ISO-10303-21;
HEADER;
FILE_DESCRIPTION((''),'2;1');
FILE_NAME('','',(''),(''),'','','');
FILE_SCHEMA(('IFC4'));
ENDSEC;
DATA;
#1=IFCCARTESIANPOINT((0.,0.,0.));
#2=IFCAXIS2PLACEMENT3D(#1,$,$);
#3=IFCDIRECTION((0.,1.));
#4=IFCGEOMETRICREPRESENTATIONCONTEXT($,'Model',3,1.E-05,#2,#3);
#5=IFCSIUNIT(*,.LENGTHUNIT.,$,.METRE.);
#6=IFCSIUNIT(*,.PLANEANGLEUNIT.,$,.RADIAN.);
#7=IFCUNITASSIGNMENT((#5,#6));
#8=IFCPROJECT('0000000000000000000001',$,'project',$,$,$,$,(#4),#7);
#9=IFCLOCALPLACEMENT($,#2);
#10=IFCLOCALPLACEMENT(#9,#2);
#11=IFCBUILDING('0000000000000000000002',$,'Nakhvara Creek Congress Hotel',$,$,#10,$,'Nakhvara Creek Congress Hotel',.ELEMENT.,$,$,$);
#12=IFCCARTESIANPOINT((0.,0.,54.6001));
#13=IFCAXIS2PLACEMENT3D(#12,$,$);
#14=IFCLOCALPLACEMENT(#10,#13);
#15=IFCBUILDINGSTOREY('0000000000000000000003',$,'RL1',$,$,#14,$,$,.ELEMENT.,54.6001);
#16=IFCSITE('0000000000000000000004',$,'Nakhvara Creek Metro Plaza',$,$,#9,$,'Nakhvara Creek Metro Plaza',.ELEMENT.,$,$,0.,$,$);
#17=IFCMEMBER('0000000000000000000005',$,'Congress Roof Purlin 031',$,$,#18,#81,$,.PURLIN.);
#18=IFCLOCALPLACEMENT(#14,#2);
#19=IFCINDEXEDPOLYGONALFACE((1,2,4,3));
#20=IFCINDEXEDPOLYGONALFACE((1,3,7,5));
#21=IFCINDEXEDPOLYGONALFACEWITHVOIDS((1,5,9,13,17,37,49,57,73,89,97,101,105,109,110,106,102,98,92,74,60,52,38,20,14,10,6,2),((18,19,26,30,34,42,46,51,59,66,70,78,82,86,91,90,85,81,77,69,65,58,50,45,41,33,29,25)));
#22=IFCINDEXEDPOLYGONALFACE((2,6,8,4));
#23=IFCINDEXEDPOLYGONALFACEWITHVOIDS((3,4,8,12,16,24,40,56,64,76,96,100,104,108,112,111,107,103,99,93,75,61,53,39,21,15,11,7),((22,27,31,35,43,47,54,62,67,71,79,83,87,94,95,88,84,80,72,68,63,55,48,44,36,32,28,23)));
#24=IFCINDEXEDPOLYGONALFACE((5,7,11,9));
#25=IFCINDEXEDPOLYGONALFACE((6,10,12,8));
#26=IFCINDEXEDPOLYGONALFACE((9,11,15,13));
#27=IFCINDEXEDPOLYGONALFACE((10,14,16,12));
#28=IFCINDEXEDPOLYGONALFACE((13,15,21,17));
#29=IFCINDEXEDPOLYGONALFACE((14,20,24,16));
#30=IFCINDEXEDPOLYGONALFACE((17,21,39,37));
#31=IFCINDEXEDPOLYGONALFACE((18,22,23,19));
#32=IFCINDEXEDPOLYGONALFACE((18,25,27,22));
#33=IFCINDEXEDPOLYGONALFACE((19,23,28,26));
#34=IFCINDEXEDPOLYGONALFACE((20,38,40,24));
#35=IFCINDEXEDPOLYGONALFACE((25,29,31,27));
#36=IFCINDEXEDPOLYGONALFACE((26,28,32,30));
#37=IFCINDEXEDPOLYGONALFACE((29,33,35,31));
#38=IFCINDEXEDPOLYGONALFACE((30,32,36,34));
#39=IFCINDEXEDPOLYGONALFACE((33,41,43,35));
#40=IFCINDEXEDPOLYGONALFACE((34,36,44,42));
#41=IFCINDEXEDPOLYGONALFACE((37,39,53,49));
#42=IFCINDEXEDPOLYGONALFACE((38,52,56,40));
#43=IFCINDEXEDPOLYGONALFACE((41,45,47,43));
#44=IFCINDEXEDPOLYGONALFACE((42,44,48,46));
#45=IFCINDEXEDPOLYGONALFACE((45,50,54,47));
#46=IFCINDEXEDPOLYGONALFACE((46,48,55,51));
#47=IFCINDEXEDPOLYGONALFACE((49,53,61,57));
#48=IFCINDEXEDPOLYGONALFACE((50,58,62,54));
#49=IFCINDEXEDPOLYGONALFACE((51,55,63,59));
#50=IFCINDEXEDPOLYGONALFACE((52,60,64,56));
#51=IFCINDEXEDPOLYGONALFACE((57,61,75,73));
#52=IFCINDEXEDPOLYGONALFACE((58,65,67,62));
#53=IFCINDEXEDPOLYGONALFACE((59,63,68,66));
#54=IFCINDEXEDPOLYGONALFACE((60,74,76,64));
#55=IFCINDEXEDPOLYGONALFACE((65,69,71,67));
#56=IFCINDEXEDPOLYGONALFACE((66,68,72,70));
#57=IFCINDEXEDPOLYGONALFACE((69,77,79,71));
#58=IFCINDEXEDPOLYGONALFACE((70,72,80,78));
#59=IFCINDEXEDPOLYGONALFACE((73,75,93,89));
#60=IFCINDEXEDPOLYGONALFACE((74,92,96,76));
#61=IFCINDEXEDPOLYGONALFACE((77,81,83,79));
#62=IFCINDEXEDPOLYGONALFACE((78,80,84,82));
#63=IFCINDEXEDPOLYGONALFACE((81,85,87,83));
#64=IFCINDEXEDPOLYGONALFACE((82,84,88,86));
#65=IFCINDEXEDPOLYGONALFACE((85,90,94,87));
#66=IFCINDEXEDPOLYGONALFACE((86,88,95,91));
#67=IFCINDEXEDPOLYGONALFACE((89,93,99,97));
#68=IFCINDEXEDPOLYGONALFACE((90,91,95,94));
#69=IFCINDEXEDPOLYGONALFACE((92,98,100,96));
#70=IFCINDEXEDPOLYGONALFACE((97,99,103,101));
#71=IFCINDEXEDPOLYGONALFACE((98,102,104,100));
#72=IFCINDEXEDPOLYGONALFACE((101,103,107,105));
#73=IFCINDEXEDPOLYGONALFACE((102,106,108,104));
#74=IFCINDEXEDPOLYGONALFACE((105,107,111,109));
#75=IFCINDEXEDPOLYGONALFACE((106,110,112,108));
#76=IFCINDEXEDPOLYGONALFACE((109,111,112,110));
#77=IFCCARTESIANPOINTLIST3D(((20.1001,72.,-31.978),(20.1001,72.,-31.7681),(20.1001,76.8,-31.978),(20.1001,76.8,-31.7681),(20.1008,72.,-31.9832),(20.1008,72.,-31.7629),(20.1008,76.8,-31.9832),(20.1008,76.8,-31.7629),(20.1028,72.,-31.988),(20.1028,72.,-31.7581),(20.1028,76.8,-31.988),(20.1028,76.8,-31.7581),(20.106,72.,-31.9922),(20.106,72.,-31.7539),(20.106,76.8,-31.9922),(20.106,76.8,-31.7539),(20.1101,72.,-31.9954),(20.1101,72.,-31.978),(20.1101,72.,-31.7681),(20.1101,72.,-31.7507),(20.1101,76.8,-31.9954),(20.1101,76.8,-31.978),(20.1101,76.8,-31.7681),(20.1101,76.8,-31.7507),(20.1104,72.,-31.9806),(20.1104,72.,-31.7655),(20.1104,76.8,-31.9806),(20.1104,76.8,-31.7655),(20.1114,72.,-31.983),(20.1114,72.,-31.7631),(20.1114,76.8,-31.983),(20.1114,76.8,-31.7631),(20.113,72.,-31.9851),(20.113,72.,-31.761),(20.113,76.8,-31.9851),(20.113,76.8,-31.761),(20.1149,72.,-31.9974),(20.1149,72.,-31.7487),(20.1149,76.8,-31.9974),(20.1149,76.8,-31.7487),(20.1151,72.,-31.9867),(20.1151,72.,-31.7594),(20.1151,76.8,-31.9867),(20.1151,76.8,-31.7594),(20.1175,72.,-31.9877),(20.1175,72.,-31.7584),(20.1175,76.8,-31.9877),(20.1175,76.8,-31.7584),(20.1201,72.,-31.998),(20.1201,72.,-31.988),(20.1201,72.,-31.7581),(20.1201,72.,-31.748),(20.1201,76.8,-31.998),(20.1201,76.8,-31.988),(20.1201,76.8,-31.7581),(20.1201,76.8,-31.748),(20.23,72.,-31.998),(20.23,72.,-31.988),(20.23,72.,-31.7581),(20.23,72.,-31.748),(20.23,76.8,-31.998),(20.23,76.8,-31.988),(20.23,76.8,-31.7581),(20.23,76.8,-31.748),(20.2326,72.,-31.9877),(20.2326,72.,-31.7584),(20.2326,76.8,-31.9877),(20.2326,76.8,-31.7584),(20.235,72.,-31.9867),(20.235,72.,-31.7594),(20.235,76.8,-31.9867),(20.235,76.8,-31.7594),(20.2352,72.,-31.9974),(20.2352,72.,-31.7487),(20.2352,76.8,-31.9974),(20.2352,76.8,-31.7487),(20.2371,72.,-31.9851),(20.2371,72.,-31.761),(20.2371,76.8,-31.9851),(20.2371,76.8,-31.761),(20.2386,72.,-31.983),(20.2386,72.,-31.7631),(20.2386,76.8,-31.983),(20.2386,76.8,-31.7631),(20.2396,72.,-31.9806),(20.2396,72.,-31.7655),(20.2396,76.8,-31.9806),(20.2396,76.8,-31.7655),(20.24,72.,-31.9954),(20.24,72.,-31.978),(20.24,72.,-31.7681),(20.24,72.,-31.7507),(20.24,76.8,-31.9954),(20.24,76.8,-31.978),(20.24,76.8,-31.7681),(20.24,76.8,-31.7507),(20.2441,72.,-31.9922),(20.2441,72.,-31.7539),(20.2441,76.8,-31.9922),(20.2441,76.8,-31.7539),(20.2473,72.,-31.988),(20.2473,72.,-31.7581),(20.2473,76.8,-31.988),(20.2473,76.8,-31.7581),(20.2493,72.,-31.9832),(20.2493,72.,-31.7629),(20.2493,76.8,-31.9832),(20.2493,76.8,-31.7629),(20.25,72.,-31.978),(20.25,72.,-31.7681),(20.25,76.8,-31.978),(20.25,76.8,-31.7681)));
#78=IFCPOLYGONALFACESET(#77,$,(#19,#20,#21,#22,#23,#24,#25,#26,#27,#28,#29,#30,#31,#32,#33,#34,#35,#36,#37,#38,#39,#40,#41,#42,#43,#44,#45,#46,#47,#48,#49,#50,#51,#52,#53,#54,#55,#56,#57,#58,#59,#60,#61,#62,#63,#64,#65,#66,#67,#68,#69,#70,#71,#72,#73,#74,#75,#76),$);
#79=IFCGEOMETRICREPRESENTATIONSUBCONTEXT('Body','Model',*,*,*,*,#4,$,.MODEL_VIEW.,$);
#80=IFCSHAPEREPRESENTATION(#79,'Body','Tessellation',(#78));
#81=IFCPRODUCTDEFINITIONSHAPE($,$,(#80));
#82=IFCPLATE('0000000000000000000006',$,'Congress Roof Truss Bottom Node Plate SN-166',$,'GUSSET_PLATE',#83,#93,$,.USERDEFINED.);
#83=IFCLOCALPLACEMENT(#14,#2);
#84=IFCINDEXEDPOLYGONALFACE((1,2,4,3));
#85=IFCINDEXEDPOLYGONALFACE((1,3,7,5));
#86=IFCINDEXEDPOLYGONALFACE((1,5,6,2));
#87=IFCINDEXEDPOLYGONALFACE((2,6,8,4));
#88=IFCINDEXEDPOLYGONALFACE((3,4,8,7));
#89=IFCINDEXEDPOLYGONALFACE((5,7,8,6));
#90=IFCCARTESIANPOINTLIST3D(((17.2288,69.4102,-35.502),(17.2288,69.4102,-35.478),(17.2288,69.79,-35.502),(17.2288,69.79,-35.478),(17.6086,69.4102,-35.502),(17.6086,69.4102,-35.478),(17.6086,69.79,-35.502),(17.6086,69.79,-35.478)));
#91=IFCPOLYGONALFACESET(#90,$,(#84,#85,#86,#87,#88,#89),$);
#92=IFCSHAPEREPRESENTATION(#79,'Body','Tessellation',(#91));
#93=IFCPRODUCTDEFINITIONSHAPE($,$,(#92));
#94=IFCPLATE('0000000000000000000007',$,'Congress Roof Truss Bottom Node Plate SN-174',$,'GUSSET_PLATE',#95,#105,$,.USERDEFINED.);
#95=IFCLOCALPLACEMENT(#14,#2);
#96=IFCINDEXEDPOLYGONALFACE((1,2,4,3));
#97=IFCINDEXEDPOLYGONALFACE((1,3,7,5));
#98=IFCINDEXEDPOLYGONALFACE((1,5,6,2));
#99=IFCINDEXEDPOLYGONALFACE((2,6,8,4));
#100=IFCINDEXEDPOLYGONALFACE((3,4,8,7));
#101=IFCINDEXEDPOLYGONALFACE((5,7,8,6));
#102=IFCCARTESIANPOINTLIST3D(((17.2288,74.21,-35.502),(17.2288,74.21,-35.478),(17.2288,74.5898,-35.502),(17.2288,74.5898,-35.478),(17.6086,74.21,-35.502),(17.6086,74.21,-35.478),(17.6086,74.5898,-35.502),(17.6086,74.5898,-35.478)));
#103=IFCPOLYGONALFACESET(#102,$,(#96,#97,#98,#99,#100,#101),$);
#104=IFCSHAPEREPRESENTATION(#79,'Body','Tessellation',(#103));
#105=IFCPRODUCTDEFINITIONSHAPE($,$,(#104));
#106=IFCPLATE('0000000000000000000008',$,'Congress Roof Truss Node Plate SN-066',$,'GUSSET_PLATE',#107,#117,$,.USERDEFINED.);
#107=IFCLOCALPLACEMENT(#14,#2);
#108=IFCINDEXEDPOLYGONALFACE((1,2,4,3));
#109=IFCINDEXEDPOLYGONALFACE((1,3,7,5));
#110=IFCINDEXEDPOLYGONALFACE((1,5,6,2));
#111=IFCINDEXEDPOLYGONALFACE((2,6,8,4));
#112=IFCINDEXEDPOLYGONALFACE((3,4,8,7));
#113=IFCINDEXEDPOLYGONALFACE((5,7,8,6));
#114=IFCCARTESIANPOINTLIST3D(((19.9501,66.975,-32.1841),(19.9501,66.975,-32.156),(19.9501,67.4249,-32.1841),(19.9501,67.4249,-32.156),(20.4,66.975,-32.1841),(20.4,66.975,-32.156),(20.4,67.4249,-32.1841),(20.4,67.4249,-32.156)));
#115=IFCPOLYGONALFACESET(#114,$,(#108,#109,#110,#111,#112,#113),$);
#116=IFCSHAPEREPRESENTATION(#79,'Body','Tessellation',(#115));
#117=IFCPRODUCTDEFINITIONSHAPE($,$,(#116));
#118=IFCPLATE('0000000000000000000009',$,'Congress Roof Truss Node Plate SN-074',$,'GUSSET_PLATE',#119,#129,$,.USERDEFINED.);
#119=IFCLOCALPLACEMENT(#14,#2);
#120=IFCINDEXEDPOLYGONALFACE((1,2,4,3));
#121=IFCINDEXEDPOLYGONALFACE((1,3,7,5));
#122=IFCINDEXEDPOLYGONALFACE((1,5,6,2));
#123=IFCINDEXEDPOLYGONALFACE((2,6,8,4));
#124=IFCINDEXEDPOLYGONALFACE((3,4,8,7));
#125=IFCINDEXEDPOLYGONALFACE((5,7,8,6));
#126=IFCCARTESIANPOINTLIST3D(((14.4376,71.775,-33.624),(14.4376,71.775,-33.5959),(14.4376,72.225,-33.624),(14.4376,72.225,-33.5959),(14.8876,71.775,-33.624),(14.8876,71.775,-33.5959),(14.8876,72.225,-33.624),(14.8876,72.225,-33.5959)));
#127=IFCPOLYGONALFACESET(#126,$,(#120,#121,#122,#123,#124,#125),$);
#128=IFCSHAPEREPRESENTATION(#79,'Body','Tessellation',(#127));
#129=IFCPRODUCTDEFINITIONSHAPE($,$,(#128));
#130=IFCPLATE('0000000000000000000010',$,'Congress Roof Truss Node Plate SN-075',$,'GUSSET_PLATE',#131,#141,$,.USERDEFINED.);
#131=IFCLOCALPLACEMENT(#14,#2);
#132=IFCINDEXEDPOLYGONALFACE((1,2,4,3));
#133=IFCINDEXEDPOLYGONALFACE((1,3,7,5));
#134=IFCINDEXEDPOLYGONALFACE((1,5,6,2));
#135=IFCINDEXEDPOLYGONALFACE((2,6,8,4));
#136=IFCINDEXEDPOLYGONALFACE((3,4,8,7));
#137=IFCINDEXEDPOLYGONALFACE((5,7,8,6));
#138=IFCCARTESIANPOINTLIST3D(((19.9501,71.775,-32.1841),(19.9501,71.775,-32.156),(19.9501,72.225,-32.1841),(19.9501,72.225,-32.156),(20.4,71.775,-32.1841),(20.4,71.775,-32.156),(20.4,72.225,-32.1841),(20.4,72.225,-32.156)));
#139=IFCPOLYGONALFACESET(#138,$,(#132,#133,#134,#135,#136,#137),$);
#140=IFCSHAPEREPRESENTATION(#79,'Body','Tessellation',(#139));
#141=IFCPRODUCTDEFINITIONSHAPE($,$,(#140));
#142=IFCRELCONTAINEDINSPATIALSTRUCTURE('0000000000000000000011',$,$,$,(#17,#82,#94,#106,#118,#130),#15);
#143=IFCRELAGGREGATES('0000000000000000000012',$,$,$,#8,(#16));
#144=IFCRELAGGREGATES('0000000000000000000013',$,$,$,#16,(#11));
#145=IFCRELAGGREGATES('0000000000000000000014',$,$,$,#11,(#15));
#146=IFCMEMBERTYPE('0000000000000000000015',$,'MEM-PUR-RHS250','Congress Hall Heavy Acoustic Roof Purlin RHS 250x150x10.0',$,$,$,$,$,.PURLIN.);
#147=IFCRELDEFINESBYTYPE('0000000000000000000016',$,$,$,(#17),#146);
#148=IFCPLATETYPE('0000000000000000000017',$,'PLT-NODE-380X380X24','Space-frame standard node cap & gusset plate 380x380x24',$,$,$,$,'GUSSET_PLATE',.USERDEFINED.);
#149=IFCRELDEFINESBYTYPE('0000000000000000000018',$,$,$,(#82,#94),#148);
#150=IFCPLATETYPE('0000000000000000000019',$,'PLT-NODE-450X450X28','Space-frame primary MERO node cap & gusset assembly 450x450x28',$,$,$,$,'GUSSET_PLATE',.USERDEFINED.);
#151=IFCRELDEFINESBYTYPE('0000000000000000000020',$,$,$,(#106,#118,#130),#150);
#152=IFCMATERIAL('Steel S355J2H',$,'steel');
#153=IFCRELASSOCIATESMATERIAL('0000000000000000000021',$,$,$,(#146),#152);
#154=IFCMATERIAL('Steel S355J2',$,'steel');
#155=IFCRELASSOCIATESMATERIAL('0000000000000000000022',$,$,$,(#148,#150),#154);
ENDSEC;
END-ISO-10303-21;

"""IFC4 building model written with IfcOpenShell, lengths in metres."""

from ifc_helpers import new_model, si_unit, direction, frame, origin, origin_2d, place, context, subcontext, project, spatial, rectangle, hollow_rectangle, extrude, material, material_profile, profile_set, type_object, element, save


model = new_model("IFC4")

# Units and contexts
model_context = context("Model", 3, precision=1e-05, world=origin(), true_north=direction((0.0, 1.0)))
body_context = subcontext(model_context, "Body", "Model", "MODEL_VIEW")
ifc_project = project(units=[si_unit("LENGTHUNIT", "METRE"), si_unit("PLANEANGLEUNIT", "RADIAN")], contexts=[model_context])

# Site, building, storey
site_placement = place(None, origin())
site = spatial("IfcSite", under=ifc_project, at=site_placement, Name="Nakhvara Creek Metro Plaza", LongName="Nakhvara Creek Metro Plaza", CompositionType="ELEMENT", RefElevation=0.0)
building_placement = place(site_placement, origin())
building = spatial("IfcBuilding", under=site, at=building_placement, Name="Nakhvara Creek Congress Hotel", LongName="Nakhvara Creek Congress Hotel", CompositionType="ELEMENT")
storey_placement = place(building_placement, frame((0.0, 0.0, 54.6001)))
storey = spatial("IfcBuildingStorey", under=building, at=storey_placement, Name="RL1", CompositionType="ELEMENT", Elevation=54.6001)

# Member
ifc_material_1 = material(Name="Steel S355J2H", Category="steel")
ifc_material_profile_1 = material_profile(ifc_material_1, hollow_rectangle(XDim=0.1499, YDim=0.25, WallThickness=0.01, InnerFilletRadius=0.01, OuterFilletRadius=0.02, at=origin_2d()), Name="RHS 250x150x10.0", Category="LoadBearing")
ifc_profile_set_1 = profile_set([ifc_material_profile_1], Name="Steel S355J2H")
member_type_1 = type_object("IfcMemberType", Name="MEM-PUR-RHS250", Description="Congress Hall Heavy Acoustic Roof Purlin RHS 250x150x10.0", PredefinedType="PURLIN", material=ifc_profile_set_1)
for number, where, z_axis, x_axis, name in (
    (1, (20.175, 72.0, -31.873), (0.0, 1.0, 0.0), (-1.0, 0.0, 0.0), "Congress Roof Purlin 031"),
):
    element("IfcMember", number, at=place(storey_placement, frame(where, z_axis=z_axis, x_axis=x_axis)), inside=storey, type_object=member_type_1, Name=name, PredefinedType="PURLIN", context=body_context, shape_type="SweptSolid", body=[
        extrude(hollow_rectangle(XDim=0.1499, YDim=0.25, WallThickness=0.01, InnerFilletRadius=0.01, OuterFilletRadius=0.02, at=origin_2d()), origin(), (0.0, 0.0, 1.0), 4.8),
    ])

# Plates
ifc_material_2 = material(Name="Steel S355J2", Category="steel")
plate_type_1 = type_object("IfcPlateType", Name="PLT-NODE-380X380X24", Description="Space-frame standard node cap & gusset plate 380x380x24", ElementType="GUSSET_PLATE", PredefinedType="USERDEFINED", material=ifc_material_2)
for number, where, z_axis, x_axis, name in (
    (2, (17.4187, 69.6001, -35.502), (0.0, 0.0, 1.0), (1.0, 0.0, 0.0), "Congress Roof Truss Bottom Node Plate SN-166"),
    (3, (17.4187, 74.3999, -35.502), (0.0, 0.0, 1.0), (1.0, 0.0, 0.0), "Congress Roof Truss Bottom Node Plate SN-174"),
):
    element("IfcPlate", number, at=place(storey_placement, frame(where, z_axis=z_axis, x_axis=x_axis)), inside=storey, type_object=plate_type_1, Name=name, ObjectType="GUSSET_PLATE", PredefinedType="USERDEFINED", context=body_context, shape_type="SweptSolid", body=[
        extrude(rectangle(XDim=0.3799, YDim=0.3799, at=origin_2d()), origin(), (0.0, 0.0, 1.0), 0.0239),
    ])
plate_type_2 = type_object("IfcPlateType", Name="PLT-NODE-450X450X28", Description="Space-frame primary MERO node cap & gusset assembly 450x450x28", ElementType="GUSSET_PLATE", PredefinedType="USERDEFINED", material=ifc_material_2)
for number, where, z_axis, x_axis, name in (
    (4, (20.175, 67.2, -32.1841), (0.0, 0.0, 1.0), (1.0, 0.0, 0.0), "Congress Roof Truss Node Plate SN-066"),
    (5, (14.6626, 72.0, -33.624), (0.0, 0.0, 1.0), (1.0, 0.0, 0.0), "Congress Roof Truss Node Plate SN-074"),
    (6, (20.175, 72.0, -32.1841), (0.0, 0.0, 1.0), (1.0, 0.0, 0.0), "Congress Roof Truss Node Plate SN-075"),
):
    element("IfcPlate", number, at=place(storey_placement, frame(where, z_axis=z_axis, x_axis=x_axis)), inside=storey, type_object=plate_type_2, Name=name, ObjectType="GUSSET_PLATE", PredefinedType="USERDEFINED", context=body_context, shape_type="SweptSolid", body=[
        extrude(rectangle(XDim=0.45, YDim=0.45, at=origin_2d()), origin(), (0.0, 0.0, 1.0), 0.0281),
    ])

save(model, "model.ifc")
